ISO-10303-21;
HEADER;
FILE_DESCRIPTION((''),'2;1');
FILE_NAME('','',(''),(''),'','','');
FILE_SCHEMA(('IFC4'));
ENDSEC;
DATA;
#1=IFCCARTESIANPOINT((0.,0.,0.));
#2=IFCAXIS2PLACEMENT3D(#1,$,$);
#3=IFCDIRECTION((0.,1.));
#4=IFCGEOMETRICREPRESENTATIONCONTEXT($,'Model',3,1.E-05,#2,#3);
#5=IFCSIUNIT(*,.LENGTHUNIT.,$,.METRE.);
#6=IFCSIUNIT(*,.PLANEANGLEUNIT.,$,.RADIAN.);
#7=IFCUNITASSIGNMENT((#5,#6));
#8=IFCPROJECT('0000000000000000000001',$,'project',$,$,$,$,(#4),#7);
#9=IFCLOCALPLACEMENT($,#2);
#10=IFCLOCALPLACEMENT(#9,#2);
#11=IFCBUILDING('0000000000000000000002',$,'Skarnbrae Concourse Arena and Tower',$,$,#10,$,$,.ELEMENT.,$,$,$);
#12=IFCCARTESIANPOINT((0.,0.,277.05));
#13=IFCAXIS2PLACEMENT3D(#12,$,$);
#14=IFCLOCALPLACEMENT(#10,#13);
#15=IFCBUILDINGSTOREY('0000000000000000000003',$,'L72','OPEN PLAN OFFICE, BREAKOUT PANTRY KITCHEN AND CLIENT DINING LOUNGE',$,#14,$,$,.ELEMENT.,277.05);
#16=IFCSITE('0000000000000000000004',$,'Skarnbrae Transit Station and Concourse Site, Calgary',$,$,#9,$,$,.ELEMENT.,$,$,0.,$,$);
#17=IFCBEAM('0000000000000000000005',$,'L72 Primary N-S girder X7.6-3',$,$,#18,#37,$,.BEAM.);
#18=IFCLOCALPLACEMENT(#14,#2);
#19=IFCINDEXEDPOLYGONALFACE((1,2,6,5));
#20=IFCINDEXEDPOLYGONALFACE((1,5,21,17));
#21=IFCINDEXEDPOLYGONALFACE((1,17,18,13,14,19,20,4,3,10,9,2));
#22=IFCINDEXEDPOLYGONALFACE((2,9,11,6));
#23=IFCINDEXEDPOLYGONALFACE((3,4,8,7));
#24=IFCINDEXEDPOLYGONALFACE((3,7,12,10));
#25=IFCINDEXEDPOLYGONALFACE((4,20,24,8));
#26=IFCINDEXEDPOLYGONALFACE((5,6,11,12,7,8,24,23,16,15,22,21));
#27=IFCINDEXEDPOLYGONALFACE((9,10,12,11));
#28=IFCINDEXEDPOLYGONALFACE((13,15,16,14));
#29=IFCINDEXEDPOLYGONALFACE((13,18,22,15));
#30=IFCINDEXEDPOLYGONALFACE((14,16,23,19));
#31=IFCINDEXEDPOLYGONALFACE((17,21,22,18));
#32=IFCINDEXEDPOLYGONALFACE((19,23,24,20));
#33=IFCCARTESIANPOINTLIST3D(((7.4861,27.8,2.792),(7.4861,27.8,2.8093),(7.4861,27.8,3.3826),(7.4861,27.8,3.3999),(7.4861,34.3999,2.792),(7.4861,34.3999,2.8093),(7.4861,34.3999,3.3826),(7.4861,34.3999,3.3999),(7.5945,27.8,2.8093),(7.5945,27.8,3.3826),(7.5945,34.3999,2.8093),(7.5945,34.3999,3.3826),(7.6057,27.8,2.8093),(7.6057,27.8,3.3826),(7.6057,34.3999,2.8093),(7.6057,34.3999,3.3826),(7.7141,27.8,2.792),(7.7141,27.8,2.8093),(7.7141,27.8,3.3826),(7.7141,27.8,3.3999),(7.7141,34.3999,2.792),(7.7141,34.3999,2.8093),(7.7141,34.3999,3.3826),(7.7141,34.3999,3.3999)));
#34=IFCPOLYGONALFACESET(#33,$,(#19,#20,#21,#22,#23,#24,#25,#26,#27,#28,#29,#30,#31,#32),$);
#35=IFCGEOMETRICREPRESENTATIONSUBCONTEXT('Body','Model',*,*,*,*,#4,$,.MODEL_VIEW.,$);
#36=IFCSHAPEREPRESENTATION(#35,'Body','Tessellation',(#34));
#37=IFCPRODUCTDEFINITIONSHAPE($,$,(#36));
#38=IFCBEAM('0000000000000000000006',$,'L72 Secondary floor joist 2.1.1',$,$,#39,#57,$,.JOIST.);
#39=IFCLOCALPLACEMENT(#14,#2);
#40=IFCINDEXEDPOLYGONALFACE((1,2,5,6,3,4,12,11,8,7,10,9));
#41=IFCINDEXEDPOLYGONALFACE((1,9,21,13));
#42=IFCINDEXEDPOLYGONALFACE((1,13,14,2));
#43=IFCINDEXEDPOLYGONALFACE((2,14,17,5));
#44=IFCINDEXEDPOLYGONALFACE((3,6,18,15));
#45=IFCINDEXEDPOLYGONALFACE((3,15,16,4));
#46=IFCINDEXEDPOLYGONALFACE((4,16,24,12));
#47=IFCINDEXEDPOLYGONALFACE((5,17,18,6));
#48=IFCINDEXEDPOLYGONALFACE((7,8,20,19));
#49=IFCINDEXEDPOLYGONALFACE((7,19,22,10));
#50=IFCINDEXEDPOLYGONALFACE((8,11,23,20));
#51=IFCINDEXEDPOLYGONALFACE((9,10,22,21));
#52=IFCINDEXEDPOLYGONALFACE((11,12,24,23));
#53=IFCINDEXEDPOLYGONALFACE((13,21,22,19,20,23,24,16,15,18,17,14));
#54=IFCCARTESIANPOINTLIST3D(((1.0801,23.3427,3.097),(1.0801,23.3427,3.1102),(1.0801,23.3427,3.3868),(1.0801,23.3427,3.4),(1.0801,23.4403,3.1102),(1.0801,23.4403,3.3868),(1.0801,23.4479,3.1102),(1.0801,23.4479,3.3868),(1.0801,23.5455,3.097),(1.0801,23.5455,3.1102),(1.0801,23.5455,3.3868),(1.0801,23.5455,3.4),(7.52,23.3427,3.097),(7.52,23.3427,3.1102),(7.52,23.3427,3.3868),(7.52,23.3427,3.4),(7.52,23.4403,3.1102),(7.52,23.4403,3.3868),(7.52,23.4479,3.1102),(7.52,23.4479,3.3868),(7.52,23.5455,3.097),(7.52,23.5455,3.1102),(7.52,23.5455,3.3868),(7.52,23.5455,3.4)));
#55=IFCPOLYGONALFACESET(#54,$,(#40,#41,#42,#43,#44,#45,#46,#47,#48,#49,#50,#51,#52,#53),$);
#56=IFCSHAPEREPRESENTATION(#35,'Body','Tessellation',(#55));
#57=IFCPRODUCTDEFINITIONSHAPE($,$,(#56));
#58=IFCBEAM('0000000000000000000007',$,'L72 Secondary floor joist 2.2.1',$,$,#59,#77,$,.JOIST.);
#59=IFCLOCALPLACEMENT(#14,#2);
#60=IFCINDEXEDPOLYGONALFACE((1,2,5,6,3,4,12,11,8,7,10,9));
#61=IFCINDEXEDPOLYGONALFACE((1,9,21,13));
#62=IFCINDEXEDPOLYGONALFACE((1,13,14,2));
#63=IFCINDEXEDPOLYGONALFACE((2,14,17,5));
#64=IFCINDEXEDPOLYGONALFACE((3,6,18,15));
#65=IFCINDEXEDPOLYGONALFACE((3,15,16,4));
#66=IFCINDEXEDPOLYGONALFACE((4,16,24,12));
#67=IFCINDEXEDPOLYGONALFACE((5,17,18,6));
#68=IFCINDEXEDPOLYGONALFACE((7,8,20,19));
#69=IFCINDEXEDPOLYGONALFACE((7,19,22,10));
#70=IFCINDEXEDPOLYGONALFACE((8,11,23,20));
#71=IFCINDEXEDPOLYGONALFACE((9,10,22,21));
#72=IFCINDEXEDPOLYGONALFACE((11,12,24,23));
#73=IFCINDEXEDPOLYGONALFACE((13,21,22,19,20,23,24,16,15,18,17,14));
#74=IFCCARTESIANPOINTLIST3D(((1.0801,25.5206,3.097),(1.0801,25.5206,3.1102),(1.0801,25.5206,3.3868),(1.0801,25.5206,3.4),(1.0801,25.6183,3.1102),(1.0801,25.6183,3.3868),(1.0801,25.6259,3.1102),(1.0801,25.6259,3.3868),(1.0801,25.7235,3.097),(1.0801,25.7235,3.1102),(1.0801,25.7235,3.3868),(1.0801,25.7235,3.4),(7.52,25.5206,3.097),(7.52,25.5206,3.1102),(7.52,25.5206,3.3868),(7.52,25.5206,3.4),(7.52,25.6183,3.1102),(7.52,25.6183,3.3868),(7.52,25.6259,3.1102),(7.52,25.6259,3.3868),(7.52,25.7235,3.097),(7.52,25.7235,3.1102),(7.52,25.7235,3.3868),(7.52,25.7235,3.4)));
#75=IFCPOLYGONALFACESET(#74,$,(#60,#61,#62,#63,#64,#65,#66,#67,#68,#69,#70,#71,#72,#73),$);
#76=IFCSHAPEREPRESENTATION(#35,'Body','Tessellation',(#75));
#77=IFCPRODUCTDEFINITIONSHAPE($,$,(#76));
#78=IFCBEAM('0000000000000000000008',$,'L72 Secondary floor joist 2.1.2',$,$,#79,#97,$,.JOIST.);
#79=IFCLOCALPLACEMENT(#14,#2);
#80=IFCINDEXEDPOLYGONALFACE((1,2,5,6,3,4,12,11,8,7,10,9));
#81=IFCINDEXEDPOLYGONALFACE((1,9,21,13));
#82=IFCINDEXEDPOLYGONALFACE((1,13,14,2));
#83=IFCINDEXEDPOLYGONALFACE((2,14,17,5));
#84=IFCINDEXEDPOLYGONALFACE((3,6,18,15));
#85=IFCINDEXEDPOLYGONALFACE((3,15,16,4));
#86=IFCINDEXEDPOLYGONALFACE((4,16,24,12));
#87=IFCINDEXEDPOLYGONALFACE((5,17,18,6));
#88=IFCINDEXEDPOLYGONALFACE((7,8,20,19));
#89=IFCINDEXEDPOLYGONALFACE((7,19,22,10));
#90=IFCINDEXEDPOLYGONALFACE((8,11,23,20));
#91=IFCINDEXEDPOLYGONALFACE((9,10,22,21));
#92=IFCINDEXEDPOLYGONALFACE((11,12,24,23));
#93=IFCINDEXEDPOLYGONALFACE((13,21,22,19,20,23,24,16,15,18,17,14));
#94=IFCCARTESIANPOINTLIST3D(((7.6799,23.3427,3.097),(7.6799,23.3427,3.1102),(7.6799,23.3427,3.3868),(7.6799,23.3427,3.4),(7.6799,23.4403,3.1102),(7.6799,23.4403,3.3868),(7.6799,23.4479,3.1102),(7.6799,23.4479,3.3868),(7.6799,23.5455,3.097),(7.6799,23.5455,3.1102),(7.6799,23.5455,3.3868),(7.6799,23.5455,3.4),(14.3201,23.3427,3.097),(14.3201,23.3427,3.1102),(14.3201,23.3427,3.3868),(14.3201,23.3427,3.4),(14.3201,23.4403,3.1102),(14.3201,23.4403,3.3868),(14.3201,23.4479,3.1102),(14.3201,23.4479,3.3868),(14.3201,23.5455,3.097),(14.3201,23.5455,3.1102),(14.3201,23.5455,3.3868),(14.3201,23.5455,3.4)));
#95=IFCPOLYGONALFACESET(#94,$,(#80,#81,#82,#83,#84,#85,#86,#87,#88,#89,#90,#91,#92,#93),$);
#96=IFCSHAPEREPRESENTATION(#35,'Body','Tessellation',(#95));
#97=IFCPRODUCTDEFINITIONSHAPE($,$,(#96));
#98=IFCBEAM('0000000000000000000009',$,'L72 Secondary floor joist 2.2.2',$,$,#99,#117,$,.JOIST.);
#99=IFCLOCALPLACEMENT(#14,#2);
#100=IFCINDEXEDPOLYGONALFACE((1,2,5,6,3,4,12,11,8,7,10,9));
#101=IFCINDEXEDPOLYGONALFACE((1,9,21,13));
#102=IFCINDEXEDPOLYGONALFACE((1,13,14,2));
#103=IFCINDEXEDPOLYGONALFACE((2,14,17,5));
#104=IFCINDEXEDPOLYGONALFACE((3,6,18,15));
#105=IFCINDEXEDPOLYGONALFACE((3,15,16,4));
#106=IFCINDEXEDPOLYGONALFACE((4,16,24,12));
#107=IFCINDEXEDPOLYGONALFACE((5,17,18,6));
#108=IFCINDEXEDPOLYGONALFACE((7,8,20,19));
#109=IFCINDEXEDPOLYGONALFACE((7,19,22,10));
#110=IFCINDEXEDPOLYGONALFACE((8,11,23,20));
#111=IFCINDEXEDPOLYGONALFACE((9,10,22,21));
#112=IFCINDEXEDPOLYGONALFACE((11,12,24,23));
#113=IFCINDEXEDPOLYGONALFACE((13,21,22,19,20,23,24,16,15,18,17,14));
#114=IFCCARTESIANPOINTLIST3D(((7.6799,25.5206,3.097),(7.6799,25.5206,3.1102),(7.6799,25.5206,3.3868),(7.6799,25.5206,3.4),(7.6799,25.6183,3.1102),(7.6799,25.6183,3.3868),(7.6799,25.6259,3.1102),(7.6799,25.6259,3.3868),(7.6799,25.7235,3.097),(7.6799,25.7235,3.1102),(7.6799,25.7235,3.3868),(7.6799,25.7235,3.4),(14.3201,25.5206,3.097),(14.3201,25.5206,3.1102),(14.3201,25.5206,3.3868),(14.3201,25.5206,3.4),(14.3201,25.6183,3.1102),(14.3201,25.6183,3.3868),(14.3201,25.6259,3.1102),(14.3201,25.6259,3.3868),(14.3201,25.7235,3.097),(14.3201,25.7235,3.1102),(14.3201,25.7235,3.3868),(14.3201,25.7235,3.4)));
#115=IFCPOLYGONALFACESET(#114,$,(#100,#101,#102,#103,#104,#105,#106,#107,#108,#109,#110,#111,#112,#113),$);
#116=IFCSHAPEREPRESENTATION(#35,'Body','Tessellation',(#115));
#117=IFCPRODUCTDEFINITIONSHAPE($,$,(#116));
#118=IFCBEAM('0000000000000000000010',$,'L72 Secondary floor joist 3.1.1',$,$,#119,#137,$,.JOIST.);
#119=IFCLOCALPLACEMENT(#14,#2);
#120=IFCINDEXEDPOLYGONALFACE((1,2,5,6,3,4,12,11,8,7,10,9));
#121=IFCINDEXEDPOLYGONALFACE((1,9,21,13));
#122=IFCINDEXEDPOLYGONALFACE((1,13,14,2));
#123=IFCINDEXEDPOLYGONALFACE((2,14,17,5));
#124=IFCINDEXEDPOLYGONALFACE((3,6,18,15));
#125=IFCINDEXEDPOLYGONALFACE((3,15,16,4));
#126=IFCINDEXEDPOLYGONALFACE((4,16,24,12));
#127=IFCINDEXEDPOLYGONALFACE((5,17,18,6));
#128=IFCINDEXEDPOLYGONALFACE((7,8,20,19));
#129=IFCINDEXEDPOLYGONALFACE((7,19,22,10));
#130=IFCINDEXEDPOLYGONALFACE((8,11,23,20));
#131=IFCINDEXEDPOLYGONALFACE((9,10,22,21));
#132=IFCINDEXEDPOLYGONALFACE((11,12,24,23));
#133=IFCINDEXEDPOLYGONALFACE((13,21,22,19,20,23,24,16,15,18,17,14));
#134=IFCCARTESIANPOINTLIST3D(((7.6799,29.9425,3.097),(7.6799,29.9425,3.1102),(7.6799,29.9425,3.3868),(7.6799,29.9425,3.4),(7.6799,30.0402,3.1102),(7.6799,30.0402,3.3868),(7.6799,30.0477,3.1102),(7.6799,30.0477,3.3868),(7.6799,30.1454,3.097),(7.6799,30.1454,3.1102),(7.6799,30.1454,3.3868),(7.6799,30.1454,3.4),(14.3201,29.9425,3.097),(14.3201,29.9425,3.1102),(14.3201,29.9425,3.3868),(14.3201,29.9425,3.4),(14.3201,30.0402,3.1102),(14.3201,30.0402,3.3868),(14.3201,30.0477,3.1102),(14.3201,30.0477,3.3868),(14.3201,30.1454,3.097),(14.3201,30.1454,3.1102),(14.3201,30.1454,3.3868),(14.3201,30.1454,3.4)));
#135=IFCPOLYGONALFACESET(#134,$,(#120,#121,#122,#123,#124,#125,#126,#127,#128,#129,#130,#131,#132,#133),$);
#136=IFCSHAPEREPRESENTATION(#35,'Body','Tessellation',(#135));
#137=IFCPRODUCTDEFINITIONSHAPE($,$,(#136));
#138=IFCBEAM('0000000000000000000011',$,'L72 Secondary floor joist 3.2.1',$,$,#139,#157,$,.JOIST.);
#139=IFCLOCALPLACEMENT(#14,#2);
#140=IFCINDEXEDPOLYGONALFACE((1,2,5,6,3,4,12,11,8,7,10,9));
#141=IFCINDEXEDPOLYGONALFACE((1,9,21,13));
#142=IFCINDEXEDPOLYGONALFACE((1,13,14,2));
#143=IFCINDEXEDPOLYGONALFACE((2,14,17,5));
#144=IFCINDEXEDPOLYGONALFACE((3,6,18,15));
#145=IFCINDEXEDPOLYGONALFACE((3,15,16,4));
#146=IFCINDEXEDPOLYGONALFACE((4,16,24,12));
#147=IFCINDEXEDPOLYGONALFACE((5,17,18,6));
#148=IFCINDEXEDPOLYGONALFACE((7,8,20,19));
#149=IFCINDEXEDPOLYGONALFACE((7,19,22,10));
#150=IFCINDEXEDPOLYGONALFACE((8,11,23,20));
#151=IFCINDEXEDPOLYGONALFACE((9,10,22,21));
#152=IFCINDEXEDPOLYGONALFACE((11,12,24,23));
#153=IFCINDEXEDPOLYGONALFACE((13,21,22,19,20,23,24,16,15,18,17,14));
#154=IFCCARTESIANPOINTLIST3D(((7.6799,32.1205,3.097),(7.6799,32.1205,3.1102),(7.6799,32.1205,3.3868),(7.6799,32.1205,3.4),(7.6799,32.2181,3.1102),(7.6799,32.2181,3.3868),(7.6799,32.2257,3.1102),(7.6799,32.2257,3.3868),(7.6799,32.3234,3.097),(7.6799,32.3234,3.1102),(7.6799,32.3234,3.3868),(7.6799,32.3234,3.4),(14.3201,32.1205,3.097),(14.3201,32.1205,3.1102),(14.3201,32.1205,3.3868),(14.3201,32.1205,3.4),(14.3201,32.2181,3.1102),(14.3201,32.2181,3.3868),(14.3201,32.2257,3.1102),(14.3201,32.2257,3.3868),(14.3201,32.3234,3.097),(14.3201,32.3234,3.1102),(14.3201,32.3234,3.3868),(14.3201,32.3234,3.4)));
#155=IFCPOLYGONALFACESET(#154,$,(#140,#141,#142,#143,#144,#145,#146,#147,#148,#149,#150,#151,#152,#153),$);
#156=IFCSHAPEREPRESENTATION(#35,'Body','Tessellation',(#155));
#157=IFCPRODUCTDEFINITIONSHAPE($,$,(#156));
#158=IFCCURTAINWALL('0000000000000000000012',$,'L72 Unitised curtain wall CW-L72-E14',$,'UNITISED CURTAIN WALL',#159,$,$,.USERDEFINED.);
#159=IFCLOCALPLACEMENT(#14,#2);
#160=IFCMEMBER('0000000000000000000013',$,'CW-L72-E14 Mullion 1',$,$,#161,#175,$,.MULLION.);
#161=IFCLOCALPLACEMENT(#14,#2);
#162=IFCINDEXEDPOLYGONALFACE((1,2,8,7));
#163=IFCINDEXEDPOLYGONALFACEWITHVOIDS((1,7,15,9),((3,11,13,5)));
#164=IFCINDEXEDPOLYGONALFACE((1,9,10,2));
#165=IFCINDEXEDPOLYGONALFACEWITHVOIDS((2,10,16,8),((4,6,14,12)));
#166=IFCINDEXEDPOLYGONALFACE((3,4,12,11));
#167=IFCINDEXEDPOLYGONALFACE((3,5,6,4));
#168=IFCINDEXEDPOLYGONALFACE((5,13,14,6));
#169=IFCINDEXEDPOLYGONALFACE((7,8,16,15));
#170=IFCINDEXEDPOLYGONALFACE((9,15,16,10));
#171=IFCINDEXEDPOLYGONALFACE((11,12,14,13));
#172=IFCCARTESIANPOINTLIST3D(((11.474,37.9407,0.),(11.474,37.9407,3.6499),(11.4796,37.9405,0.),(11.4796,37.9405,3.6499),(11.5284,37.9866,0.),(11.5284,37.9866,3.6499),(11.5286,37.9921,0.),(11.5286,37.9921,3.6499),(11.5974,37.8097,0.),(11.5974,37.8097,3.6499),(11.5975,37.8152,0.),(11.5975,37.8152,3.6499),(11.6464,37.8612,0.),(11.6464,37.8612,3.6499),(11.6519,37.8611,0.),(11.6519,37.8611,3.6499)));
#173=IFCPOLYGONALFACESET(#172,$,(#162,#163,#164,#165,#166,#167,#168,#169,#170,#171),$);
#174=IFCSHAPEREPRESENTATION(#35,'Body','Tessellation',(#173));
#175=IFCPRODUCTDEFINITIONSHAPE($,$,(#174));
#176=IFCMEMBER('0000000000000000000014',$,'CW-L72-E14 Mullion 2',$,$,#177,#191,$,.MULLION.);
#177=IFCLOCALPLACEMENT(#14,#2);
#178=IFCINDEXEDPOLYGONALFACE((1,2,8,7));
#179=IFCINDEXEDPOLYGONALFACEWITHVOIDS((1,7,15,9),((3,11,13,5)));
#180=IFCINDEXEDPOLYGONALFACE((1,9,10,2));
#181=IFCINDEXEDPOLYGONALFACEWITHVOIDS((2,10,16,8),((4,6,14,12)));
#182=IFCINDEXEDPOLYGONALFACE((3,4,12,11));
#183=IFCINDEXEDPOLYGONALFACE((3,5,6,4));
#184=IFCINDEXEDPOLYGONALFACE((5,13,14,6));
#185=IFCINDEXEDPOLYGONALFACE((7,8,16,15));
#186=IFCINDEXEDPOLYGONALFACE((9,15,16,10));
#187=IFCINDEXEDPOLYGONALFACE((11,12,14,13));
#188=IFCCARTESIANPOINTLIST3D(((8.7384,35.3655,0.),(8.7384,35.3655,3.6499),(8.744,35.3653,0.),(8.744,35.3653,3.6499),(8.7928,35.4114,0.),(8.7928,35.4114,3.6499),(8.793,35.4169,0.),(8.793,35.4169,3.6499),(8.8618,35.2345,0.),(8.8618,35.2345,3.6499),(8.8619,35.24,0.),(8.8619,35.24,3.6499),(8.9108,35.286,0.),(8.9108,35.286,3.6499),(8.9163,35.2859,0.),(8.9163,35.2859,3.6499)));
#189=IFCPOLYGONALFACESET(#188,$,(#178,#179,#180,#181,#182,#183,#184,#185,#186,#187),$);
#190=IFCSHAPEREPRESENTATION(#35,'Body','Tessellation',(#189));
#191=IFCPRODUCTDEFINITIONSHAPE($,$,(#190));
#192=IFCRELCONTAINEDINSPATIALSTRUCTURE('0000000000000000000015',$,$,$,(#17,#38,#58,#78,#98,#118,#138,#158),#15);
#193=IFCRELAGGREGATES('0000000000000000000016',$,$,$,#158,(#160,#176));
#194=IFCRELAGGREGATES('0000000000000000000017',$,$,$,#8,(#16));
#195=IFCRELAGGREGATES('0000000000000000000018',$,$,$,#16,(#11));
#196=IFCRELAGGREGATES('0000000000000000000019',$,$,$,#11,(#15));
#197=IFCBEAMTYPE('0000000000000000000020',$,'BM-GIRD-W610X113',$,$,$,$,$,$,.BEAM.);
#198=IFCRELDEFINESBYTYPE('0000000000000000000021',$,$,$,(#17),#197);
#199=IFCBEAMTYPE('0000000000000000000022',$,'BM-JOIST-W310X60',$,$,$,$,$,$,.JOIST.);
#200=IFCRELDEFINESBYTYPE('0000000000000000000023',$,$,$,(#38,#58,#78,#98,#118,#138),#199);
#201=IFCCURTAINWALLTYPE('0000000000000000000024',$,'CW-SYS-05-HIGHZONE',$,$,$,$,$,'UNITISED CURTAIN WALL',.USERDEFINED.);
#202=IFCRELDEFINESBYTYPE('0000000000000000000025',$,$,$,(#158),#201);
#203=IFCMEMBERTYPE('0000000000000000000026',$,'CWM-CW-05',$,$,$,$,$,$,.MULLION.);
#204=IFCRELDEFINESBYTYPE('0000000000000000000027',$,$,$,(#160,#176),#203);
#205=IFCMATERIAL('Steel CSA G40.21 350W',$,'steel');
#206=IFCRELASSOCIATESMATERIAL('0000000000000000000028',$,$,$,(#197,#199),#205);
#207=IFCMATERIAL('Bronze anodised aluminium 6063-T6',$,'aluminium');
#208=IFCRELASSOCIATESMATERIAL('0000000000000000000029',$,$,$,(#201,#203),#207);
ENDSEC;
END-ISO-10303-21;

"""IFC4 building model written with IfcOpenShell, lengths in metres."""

from ifc_helpers import new_model, si_unit, direction, frame, origin, origin_2d, place, context, subcontext, project, spatial, hollow_rectangle, i_section, extrude, source, transform, mapped, material, material_profile, profile_set, type_object, element, aggregate, save


model = new_model("IFC4")

# Units and contexts
model_context = context("Model", 3, precision=1e-05, world=origin(), true_north=direction((0.0, 1.0)))
body_context = subcontext(model_context, "Body", "Model", "MODEL_VIEW")
ifc_project = project(units=[si_unit("LENGTHUNIT", "METRE"), si_unit("PLANEANGLEUNIT", "RADIAN")], contexts=[model_context])

# Site, building, storey
site_placement = place(None, origin())
site = spatial("IfcSite", under=ifc_project, at=site_placement, Name="Skarnbrae Transit Station and Concourse Site, Calgary", CompositionType="ELEMENT", RefElevation=0.0)
building_placement = place(site_placement, origin())
building = spatial("IfcBuilding", under=site, at=building_placement, Name="Skarnbrae Concourse Arena and Tower", CompositionType="ELEMENT")
storey_placement = place(building_placement, frame((0.0, 0.0, 277.05)))
storey = spatial("IfcBuildingStorey", under=building, at=storey_placement, Name="L72", Description="OPEN PLAN OFFICE, BREAKOUT PANTRY KITCHEN AND CLIENT DINING LOUNGE", CompositionType="ELEMENT", Elevation=277.05)

# Shared definitions
ifc_material_1 = material(Name="Steel CSA G40.21 350W", Category="steel")

# Beams
ifc_material_profile_1 = material_profile(ifc_material_1, i_section(OverallWidth=0.228, OverallDepth=0.6079, WebThickness=0.0112, FlangeThickness=0.0173, at=origin_2d()), Name="W610X113")
ifc_profile_set_1 = profile_set([ifc_material_profile_1], Name="Steel CSA G40.21 350W")
beam_type_1 = type_object("IfcBeamType", Name="BM-GIRD-W610X113", PredefinedType="BEAM", material=ifc_profile_set_1)
shared_shape_1 = source(origin(), body_context, "Body", "SweptSolid", [
    extrude(i_section(OverallWidth=0.228, OverallDepth=0.6079, WebThickness=0.0112, FlangeThickness=0.0173, at=origin_2d()), origin(), (0.0, 0.0, 1.0), 6.5999),
])
beam_1_placement = place(storey_placement, frame((7.6001, 27.8, 3.0959), z_axis=(0.0, 1.0, 0.0), x_axis=(-1.0, 0.0, 0.0)))
element("IfcBeam", 1, at=beam_1_placement, inside=storey, type_object=beam_type_1, Name="L72 Primary N-S girder X7.6-3", PredefinedType="BEAM", context=body_context, shape_type="MappedRepresentation", body=[
    mapped(shared_shape_1, transform((0.0, 0.0, 0.0))),
])
ifc_material_profile_2 = material_profile(ifc_material_1, i_section(OverallWidth=0.2029, OverallDepth=0.303, WebThickness=0.0076, FlangeThickness=0.0132, at=origin_2d()), Name="W310X60")
ifc_profile_set_2 = profile_set([ifc_material_profile_2], Name="Steel CSA G40.21 350W")
beam_type_2 = type_object("IfcBeamType", Name="BM-JOIST-W310X60", PredefinedType="JOIST", material=ifc_profile_set_2)
shared_shape_2 = source(origin(), body_context, "Body", "SweptSolid", [
    extrude(i_section(OverallWidth=0.2029, OverallDepth=0.303, WebThickness=0.0076, FlangeThickness=0.0132, at=origin_2d()), origin(), (0.0, 0.0, 1.0), 6.4399),
])
for number, where, z_axis, x_axis, name in (
    (2, (1.0801, 23.4441, 3.2485), (1.0, 0.0, 0.0), (0.0, 1.0, 0.0), "L72 Secondary floor joist 2.1.1"),
    (3, (1.0801, 25.6221, 3.2485), (1.0, 0.0, 0.0), (0.0, 1.0, 0.0), "L72 Secondary floor joist 2.2.1"),
):
    element("IfcBeam", number, at=place(storey_placement, frame(where, z_axis=z_axis, x_axis=x_axis)), inside=storey, type_object=beam_type_2, Name=name, PredefinedType="JOIST", context=body_context, shape_type="MappedRepresentation", body=[
        mapped(shared_shape_2, transform((0.0, 0.0, 0.0))),
    ])
shared_shape_3 = source(origin(), body_context, "Body", "SweptSolid", [
    extrude(i_section(OverallWidth=0.2029, OverallDepth=0.303, WebThickness=0.0076, FlangeThickness=0.0132, at=origin_2d()), origin(), (0.0, 0.0, 1.0), 6.6401),
])
for number, where, z_axis, x_axis, name in (
    (4, (7.6799, 23.4441, 3.2485), (1.0, 0.0, 0.0), (0.0, 1.0, 0.0), "L72 Secondary floor joist 2.1.2"),
    (5, (7.6799, 25.6221, 3.2485), (1.0, 0.0, 0.0), (0.0, 1.0, 0.0), "L72 Secondary floor joist 2.2.2"),
    (6, (7.6799, 30.0439, 3.2485), (1.0, 0.0, 0.0), (0.0, 1.0, 0.0), "L72 Secondary floor joist 3.1.1"),
    (7, (7.6799, 32.2219, 3.2485), (1.0, 0.0, 0.0), (0.0, 1.0, 0.0), "L72 Secondary floor joist 3.2.1"),
):
    element("IfcBeam", number, at=place(storey_placement, frame(where, z_axis=z_axis, x_axis=x_axis)), inside=storey, type_object=beam_type_2, Name=name, PredefinedType="JOIST", context=body_context, shape_type="MappedRepresentation", body=[
        mapped(shared_shape_3, transform((0.0, 0.0, 0.0))),
    ])

# Curtain wall, members
ifc_material_2 = material(Name="Bronze anodised aluminium 6063-T6", Category="aluminium")
curtain_wall_type = type_object("IfcCurtainWallType", Name="CW-SYS-05-HIGHZONE", ElementType="UNITISED CURTAIN WALL", PredefinedType="USERDEFINED", material=ifc_material_2)
curtain_wall_1_placement = place(storey_placement, origin())
curtain_wall_1 = element("IfcCurtainWall", 8, at=curtain_wall_1_placement, inside=storey, type_object=curtain_wall_type, Name="L72 Unitised curtain wall CW-L72-E14", ObjectType="UNITISED CURTAIN WALL", PredefinedType="USERDEFINED")
ifc_material_profile_3 = material_profile(ifc_material_2, hollow_rectangle(XDim=0.075, YDim=0.1799, WallThickness=0.0039, at=origin_2d()), Name="ALU-MULL-75X180")
ifc_profile_set_3 = profile_set([ifc_material_profile_3], Name="Bronze anodised aluminium 6063-T6")
member_type_1 = type_object("IfcMemberType", Name="CWM-CW-05", PredefinedType="MULLION", material=ifc_profile_set_3)
shared_shape_4 = source(origin(), body_context, "Body", "SweptSolid", [
    extrude(hollow_rectangle(XDim=0.075, YDim=0.1799, WallThickness=0.0039, at=origin_2d()), origin(), (0.0, 0.0, 1.0), 3.6499),
])
member_1_placement = place(storey_placement, frame((11.563, 37.9009, 0.0), z_axis=(0.0, 0.0, 1.0), x_axis=(-0.728131, -0.685438, 0.0)))
member_1 = element("IfcMember", 9, at=member_1_placement, type_object=member_type_1, Name="CW-L72-E14 Mullion 1", PredefinedType="MULLION", context=body_context, shape_type="MappedRepresentation", body=[
    mapped(shared_shape_4, transform((0.0, 0.0, 0.0))),
])
member_2_placement = place(storey_placement, frame((8.8274, 35.3257, 0.0), z_axis=(0.0, 0.0, 1.0), x_axis=(-0.728131, -0.685438, 0.0)))
member_2 = element("IfcMember", 10, at=member_2_placement, type_object=member_type_1, Name="CW-L72-E14 Mullion 2", PredefinedType="MULLION", context=body_context, shape_type="MappedRepresentation", body=[
    mapped(shared_shape_4, transform((0.0, 0.0, 0.0))),
])

aggregate(curtain_wall_1, [member_1, member_2])

save(model, "model.ifc")
